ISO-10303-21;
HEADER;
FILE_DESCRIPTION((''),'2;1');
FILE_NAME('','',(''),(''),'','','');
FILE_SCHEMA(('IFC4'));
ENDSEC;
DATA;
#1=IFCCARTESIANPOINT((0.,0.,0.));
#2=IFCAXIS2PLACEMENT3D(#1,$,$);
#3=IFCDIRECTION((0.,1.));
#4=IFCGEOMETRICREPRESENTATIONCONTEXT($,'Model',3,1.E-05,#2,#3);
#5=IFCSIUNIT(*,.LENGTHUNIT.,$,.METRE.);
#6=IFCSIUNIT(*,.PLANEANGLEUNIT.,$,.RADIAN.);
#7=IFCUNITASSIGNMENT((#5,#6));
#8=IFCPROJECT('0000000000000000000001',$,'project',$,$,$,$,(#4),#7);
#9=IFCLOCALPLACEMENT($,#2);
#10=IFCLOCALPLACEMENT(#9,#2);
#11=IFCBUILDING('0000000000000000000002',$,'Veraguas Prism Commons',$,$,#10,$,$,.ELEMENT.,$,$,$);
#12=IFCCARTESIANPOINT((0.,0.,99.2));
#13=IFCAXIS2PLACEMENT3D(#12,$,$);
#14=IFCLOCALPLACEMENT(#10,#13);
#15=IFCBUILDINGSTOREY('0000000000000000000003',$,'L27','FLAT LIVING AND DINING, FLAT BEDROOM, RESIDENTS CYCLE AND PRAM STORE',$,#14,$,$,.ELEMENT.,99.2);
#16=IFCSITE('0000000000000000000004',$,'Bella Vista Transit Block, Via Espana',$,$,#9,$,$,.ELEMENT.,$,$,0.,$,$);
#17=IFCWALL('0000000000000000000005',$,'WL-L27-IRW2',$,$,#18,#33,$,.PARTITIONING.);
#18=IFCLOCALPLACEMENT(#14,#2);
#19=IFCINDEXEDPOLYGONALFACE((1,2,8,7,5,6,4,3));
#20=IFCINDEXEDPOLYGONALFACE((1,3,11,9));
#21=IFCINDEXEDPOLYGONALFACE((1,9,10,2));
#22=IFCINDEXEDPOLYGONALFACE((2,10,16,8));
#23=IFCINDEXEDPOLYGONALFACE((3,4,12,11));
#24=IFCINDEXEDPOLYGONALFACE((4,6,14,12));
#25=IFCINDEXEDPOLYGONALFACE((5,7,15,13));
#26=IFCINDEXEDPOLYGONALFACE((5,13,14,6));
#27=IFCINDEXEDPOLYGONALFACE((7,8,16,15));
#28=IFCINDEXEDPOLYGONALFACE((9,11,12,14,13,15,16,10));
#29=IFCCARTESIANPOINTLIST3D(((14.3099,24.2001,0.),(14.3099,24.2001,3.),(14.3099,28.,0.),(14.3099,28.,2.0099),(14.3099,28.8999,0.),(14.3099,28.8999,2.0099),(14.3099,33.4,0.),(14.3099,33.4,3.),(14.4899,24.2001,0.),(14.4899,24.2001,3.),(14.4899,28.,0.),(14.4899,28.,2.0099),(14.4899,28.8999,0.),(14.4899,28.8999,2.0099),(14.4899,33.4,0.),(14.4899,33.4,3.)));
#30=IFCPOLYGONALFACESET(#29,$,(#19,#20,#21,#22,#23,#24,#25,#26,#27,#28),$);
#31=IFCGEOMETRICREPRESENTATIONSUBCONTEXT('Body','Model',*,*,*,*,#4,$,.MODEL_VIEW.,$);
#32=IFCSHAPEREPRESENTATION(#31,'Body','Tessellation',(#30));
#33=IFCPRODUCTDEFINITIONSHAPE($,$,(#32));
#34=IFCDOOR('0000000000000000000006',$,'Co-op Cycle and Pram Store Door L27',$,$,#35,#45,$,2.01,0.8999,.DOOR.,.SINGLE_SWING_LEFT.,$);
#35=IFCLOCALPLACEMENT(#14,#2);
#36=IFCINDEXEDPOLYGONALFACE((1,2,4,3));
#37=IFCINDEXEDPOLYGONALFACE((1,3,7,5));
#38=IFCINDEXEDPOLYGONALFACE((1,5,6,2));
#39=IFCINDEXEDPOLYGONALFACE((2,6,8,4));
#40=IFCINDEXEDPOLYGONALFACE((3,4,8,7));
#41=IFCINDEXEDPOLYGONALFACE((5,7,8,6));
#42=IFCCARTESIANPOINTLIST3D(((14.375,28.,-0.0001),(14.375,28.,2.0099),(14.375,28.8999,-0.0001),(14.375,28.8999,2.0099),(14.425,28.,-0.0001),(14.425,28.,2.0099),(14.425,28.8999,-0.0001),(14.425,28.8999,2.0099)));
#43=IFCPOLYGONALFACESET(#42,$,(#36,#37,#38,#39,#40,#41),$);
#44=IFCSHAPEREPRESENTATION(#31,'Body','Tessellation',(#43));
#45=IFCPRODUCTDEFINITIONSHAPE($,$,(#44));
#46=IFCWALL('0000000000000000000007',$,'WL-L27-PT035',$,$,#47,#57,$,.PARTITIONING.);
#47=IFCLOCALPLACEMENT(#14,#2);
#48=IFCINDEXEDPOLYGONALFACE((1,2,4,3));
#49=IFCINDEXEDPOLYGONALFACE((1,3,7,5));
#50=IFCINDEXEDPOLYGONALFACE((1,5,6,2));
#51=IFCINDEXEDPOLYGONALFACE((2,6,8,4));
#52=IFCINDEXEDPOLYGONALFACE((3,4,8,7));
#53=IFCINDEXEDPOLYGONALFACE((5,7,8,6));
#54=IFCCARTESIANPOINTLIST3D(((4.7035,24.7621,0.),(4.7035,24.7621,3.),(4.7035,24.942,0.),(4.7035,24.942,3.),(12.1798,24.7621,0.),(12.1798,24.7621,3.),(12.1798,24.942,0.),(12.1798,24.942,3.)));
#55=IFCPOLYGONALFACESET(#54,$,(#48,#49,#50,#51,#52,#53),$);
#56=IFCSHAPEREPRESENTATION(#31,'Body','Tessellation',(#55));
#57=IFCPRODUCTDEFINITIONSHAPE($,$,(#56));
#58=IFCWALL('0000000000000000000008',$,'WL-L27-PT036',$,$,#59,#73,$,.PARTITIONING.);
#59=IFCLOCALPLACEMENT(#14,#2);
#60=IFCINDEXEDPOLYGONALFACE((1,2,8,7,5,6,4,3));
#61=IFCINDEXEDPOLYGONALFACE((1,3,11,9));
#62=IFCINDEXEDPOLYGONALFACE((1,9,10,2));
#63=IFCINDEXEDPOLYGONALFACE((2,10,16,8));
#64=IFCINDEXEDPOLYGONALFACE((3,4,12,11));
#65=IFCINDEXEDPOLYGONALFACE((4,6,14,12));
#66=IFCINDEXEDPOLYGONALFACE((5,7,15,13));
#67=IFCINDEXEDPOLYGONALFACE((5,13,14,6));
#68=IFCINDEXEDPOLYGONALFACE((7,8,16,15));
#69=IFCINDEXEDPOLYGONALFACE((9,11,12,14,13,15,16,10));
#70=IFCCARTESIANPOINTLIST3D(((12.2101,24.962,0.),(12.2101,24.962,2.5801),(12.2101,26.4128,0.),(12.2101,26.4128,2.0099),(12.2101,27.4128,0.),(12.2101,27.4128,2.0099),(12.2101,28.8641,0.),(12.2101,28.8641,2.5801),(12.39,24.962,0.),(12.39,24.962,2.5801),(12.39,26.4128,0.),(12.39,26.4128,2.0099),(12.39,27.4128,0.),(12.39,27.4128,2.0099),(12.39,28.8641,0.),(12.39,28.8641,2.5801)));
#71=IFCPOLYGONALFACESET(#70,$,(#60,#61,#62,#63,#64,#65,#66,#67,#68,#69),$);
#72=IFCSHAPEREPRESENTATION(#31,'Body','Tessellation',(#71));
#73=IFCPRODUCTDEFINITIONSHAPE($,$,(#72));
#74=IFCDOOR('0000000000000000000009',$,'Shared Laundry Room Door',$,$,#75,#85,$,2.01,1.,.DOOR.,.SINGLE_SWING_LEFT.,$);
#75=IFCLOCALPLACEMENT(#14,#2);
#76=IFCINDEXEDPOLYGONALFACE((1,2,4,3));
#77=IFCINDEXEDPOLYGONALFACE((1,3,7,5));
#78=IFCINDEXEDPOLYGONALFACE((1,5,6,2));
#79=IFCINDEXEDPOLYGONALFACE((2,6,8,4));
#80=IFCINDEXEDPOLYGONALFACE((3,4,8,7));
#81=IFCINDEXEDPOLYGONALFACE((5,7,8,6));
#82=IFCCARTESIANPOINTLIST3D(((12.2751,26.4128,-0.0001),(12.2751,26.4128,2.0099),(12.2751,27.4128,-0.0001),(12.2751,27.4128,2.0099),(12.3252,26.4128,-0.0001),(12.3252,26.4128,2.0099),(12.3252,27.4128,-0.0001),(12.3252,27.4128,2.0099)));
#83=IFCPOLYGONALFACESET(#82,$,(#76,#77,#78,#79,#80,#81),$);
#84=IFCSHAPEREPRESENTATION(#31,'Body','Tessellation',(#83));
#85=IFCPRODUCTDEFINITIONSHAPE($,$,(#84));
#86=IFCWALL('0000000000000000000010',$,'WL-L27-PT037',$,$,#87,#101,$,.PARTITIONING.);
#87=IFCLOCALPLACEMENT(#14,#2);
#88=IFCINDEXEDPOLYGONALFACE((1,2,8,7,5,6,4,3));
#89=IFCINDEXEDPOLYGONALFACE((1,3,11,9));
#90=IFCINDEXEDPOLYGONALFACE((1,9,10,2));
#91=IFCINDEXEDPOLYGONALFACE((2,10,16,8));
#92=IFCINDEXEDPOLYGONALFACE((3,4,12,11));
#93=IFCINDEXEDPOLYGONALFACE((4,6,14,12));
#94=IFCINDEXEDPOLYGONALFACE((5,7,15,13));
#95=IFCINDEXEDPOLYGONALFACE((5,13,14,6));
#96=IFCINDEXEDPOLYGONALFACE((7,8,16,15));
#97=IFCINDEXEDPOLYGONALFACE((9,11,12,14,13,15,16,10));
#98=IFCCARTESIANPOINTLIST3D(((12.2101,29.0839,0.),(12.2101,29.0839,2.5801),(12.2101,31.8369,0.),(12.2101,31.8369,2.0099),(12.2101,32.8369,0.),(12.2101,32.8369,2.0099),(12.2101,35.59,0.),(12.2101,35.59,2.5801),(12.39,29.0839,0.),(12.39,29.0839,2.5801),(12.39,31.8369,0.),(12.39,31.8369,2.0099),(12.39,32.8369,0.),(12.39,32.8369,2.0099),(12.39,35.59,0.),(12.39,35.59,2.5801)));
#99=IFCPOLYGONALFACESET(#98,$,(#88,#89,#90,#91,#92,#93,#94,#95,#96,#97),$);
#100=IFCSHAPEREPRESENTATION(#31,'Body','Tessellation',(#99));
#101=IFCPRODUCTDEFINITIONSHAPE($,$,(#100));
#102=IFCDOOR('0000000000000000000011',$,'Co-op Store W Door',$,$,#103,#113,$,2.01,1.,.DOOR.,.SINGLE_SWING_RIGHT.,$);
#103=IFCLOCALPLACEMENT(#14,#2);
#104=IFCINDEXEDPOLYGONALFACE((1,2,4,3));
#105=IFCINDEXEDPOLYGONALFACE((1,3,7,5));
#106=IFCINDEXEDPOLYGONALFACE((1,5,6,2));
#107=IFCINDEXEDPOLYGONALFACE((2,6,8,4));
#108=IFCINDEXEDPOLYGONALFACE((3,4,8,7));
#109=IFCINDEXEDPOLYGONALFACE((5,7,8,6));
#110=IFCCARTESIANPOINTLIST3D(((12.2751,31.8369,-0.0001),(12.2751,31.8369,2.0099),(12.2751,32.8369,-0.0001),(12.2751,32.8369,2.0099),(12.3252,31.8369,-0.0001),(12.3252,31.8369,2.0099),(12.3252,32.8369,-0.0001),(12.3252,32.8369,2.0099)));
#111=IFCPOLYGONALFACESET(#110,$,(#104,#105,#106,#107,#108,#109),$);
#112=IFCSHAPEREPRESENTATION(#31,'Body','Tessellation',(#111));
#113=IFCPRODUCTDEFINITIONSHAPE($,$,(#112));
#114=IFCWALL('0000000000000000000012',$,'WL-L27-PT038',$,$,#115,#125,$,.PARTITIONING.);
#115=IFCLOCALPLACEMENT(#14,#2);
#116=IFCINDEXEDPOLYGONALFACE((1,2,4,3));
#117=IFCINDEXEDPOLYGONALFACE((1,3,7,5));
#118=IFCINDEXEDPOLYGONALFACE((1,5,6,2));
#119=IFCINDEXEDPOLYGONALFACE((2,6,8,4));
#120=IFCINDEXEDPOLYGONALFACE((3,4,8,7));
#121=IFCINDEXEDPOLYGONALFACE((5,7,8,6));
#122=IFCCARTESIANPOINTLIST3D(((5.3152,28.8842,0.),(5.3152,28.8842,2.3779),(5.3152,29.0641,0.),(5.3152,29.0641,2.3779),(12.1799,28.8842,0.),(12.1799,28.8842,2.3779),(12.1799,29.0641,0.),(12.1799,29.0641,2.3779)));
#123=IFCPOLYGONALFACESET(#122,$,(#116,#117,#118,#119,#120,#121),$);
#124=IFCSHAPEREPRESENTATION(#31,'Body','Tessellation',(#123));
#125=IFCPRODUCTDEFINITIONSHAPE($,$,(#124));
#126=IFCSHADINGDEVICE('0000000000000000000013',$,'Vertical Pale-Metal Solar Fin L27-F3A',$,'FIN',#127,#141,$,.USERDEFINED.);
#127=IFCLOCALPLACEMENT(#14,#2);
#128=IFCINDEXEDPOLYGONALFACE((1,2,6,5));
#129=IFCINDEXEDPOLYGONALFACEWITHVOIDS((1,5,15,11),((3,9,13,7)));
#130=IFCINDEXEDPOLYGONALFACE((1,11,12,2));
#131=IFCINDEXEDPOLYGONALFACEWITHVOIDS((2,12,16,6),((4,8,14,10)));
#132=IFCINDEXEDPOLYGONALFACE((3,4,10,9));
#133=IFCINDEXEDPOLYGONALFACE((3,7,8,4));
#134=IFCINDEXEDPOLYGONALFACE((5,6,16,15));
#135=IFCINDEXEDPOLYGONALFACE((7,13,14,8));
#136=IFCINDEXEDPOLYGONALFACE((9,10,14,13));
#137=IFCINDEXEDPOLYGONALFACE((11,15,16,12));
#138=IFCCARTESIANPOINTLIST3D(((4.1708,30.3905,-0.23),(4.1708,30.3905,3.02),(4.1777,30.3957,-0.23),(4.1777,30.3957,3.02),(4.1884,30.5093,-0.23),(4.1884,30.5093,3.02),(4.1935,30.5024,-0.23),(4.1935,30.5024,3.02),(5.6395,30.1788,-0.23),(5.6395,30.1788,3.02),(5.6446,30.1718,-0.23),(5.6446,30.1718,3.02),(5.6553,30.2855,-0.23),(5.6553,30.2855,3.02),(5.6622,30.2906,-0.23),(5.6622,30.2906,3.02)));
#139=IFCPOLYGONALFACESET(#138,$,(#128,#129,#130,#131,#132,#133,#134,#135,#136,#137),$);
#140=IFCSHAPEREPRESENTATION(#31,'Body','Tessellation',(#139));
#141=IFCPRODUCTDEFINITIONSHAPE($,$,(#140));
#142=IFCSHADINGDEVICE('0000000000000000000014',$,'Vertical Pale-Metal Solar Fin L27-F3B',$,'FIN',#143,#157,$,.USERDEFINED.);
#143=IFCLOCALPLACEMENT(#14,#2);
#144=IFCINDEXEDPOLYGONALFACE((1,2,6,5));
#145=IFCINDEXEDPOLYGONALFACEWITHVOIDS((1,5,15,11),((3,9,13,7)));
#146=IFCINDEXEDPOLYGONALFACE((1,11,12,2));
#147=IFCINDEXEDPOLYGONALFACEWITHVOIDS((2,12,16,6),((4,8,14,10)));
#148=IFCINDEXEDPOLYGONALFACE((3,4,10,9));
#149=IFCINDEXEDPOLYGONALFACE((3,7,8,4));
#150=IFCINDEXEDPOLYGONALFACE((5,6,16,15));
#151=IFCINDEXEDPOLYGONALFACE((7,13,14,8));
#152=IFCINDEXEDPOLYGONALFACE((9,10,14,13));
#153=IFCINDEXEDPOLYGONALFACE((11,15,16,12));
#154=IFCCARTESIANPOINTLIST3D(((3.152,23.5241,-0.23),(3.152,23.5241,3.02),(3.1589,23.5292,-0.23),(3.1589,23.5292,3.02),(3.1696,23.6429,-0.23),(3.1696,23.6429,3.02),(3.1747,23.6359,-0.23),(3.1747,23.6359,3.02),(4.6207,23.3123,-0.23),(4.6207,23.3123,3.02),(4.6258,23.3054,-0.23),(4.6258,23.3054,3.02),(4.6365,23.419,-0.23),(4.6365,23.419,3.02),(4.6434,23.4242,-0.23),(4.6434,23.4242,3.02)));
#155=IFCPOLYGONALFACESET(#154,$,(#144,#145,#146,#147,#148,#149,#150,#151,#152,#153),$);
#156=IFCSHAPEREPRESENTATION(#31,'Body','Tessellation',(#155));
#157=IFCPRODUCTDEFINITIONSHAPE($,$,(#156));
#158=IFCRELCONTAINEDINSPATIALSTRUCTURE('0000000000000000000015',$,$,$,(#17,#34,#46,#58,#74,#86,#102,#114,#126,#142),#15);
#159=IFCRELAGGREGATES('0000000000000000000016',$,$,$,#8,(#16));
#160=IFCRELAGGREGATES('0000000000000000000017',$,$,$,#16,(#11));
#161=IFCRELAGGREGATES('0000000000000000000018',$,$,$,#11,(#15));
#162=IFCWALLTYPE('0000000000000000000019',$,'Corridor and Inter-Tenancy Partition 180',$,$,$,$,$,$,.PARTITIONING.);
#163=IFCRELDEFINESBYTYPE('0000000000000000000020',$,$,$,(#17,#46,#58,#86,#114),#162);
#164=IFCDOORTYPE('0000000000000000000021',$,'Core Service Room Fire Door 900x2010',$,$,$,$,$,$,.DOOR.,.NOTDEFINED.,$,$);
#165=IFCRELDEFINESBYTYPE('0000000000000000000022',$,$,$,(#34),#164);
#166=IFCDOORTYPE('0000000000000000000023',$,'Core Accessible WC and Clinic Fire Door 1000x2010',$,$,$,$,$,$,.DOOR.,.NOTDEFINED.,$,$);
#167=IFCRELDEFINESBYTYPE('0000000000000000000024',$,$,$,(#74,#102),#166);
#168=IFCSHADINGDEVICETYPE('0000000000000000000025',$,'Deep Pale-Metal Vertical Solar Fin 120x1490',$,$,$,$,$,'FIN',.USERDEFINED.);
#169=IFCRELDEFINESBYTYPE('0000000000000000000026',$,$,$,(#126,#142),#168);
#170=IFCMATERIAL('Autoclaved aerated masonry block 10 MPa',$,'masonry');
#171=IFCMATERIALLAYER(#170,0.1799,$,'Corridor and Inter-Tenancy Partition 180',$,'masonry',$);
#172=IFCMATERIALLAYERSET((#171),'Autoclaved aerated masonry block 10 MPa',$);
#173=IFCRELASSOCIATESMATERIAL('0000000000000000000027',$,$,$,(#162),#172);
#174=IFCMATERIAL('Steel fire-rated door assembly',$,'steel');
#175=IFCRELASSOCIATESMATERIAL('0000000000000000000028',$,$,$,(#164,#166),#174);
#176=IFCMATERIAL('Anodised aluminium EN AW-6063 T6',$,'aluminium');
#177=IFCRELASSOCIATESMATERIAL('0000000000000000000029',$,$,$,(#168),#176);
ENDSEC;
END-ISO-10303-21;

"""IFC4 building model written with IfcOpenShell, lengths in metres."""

from ifc_helpers import new_model, si_unit, direction, frame, frame_2d, origin, origin_2d, place, context, subcontext, project, spatial, rectangle, hollow_rectangle, extrude, source, transform, mapped, material, layer, layer_set, material_profile, profile_set, type_object, element, fill, save


model = new_model("IFC4")

# Units and contexts
model_context = context("Model", 3, precision=1e-05, world=origin(), true_north=direction((0.0, 1.0)))
body_context = subcontext(model_context, "Body", "Model", "MODEL_VIEW")
ifc_project = project(units=[si_unit("LENGTHUNIT", "METRE"), si_unit("PLANEANGLEUNIT", "RADIAN")], contexts=[model_context])

# Site, building, storey
site_placement = place(None, origin())
site = spatial("IfcSite", under=ifc_project, at=site_placement, Name="Bella Vista Transit Block, Via Espana", CompositionType="ELEMENT", RefElevation=0.0)
building_placement = place(site_placement, origin())
building = spatial("IfcBuilding", under=site, at=building_placement, Name="Veraguas Prism Commons", CompositionType="ELEMENT")
storey_placement = place(building_placement, frame((0.0, 0.0, 99.2)))
storey = spatial("IfcBuildingStorey", under=building, at=storey_placement, Name="L27", Description="FLAT LIVING AND DINING, FLAT BEDROOM, RESIDENTS CYCLE AND PRAM STORE", CompositionType="ELEMENT", Elevation=99.2)

# Shared definitions
ifc_material_1 = material(Name="Anodised aluminium EN AW-6063 T6", Category="aluminium")

# Wall, opening, door
ifc_material_2 = material(Name="Autoclaved aerated masonry block 10 MPa", Category="masonry")
ifc_layer_1 = layer(ifc_material_2, 0.1799, Name="Corridor and Inter-Tenancy Partition 180", Category="masonry")
ifc_layer_set_1 = layer_set([ifc_layer_1], Name="Autoclaved aerated masonry block 10 MPa")
wall_type = type_object("IfcWallType", Name="Corridor and Inter-Tenancy Partition 180", PredefinedType="PARTITIONING", material=ifc_layer_set_1)
wall_1_placement = place(storey_placement, frame((14.3999, 24.2, 0.0), z_axis=(0.0, 0.0, 1.0), x_axis=(0.0, 1.0, 0.0)))
wall_1 = element("IfcWall", 1, at=wall_1_placement, inside=storey, type_object=wall_type, Name="WL-L27-IRW2", PredefinedType="PARTITIONING", context=body_context, shape_type="SweptSolid", body=[
    extrude(rectangle(XDim=9.2, YDim=0.1799, at=frame_2d((4.6001, 0.0))), origin(), (0.0, 0.0, 1.0), 3.0),
])
opening_1_placement = place(wall_1_placement, frame((3.8, 0.0, 0.0)))
opening_1 = element("IfcOpeningElement", 2, at=opening_1_placement, cuts=wall_1, PredefinedType="OPENING", context=body_context, shape_type="SweptSolid", body=[
    extrude(rectangle(XDim=0.8999, YDim=2.01, at=frame_2d((0.45, 1.0049))), frame((0.0, 0.0999, 0.0), z_axis=(0.0, -1.0, 0.0), x_axis=(1.0, 0.0, 0.0)), (0.0, 0.0, 1.0), 0.2),
])
ifc_material_3 = material(Name="Steel fire-rated door assembly", Category="steel")
door_type_1 = type_object("IfcDoorType", Name="Core Service Room Fire Door 900x2010", OperationType="NOTDEFINED", PredefinedType="DOOR", material=ifc_material_3)
shared_shape_1 = source(origin(), body_context, "Body", "SweptSolid", [
    extrude(rectangle(XDim=0.8999, YDim=2.01, at=frame_2d((0.45, 1.0049))), frame((0.0, 0.0249, 0.0), z_axis=(0.0, -1.0, 0.0), x_axis=(1.0, 0.0, 0.0)), (0.0, 0.0, 1.0), 0.05),
])
door_1_placement = place(opening_1_placement, origin())
door_1 = element("IfcDoor", 3, at=door_1_placement, inside=storey, type_object=door_type_1, Name="Co-op Cycle and Pram Store Door L27", OperationType="SINGLE_SWING_LEFT", OverallHeight=2.01, OverallWidth=0.8999, PredefinedType="DOOR", context=body_context, shape_type="MappedRepresentation", body=[
    mapped(shared_shape_1, transform((0.0, 0.0, 0.0), scale=1.0)),
])
fill(opening_1, door_1)

# Wall
wall_2_placement = place(storey_placement, frame((12.1799, 24.8521, 0.0), z_axis=(0.0, 0.0, 1.0), x_axis=(-1.0, 0.0, 0.0)))
element("IfcWall", 4, at=wall_2_placement, inside=storey, type_object=wall_type, Name="WL-L27-PT035", PredefinedType="PARTITIONING", context=body_context, shape_type="SweptSolid", body=[
    extrude(rectangle(XDim=7.4763, YDim=0.1799, at=frame_2d((3.7383, 0.0))), origin(), (0.0, 0.0, 1.0), 3.0),
])

# Walls, openings, doors
wall_3_placement = place(storey_placement, frame((12.3, 24.9619, 0.0), z_axis=(0.0, 0.0, 1.0), x_axis=(0.0, 1.0, 0.0)))
wall_3 = element("IfcWall", 5, at=wall_3_placement, inside=storey, type_object=wall_type, Name="WL-L27-PT036", PredefinedType="PARTITIONING", context=body_context, shape_type="SweptSolid", body=[
    extrude(rectangle(XDim=3.9021, YDim=0.1799, at=frame_2d((1.9512, 0.0))), origin(), (0.0, 0.0, 1.0), 2.5801),
])
opening_2_placement = place(wall_3_placement, frame((1.4509, 0.0, 0.0)))
opening_2 = element("IfcOpeningElement", 6, at=opening_2_placement, cuts=wall_3, PredefinedType="OPENING", context=body_context, shape_type="SweptSolid", body=[
    extrude(rectangle(XDim=1.0, YDim=2.01, at=frame_2d((0.5, 1.0049))), frame((0.0, 0.0999, 0.0), z_axis=(0.0, -1.0, 0.0), x_axis=(1.0, 0.0, 0.0)), (0.0, 0.0, 1.0), 0.2),
])
door_type_2 = type_object("IfcDoorType", Name="Core Accessible WC and Clinic Fire Door 1000x2010", OperationType="NOTDEFINED", PredefinedType="DOOR", material=ifc_material_3)
shared_shape_2 = source(origin(), body_context, "Body", "SweptSolid", [
    extrude(rectangle(XDim=1.0, YDim=2.01, at=frame_2d((0.5, 1.0049))), frame((0.0, 0.0249, 0.0), z_axis=(0.0, -1.0, 0.0), x_axis=(1.0, 0.0, 0.0)), (0.0, 0.0, 1.0), 0.05),
])
door_2_placement = place(opening_2_placement, origin())
door_2 = element("IfcDoor", 7, at=door_2_placement, inside=storey, type_object=door_type_2, Name="Shared Laundry Room Door", OperationType="SINGLE_SWING_LEFT", OverallHeight=2.01, OverallWidth=1.0, PredefinedType="DOOR", context=body_context, shape_type="MappedRepresentation", body=[
    mapped(shared_shape_2, transform((0.0, 0.0, 0.0), scale=1.0)),
])
fill(opening_2, door_2)
wall_4_placement = place(storey_placement, frame((12.3, 29.084, 0.0), z_axis=(0.0, 0.0, 1.0), x_axis=(0.0, 1.0, 0.0)))
wall_4 = element("IfcWall", 8, at=wall_4_placement, inside=storey, type_object=wall_type, Name="WL-L27-PT037", PredefinedType="PARTITIONING", context=body_context, shape_type="SweptSolid", body=[
    extrude(rectangle(XDim=6.5061, YDim=0.1799, at=frame_2d((3.2529, 0.0))), origin(), (0.0, 0.0, 1.0), 2.5801),
])
opening_3_placement = place(wall_4_placement, frame((2.7529, 0.0, 0.0)))
opening_3 = element("IfcOpeningElement", 9, at=opening_3_placement, cuts=wall_4, PredefinedType="OPENING", context=body_context, shape_type="SweptSolid", body=[
    extrude(rectangle(XDim=1.0, YDim=2.01, at=frame_2d((0.5, 1.0049))), frame((0.0, 0.0999, 0.0), z_axis=(0.0, -1.0, 0.0), x_axis=(1.0, 0.0, 0.0)), (0.0, 0.0, 1.0), 0.2),
])
door_3_placement = place(opening_3_placement, origin())
door_3 = element("IfcDoor", 10, at=door_3_placement, inside=storey, type_object=door_type_2, Name="Co-op Store W Door", OperationType="SINGLE_SWING_RIGHT", OverallHeight=2.01, OverallWidth=1.0, PredefinedType="DOOR", context=body_context, shape_type="MappedRepresentation", body=[
    mapped(shared_shape_2, transform((0.0, 0.0, 0.0), scale=1.0)),
])
fill(opening_3, door_3)

# Wall
wall_5_placement = place(storey_placement, frame((12.1799, 28.9741, 0.0), z_axis=(0.0, 0.0, 1.0), x_axis=(-1.0, 0.0, 0.0)))
element("IfcWall", 11, at=wall_5_placement, inside=storey, type_object=wall_type, Name="WL-L27-PT038", PredefinedType="PARTITIONING", context=body_context, shape_type="SweptSolid", body=[
    extrude(rectangle(XDim=6.8647, YDim=0.1799, at=frame_2d((3.4324, 0.0))), origin(), (0.0, 0.0, 1.0), 2.3779),
])

# Shading devices
ifc_material_profile_1 = material_profile(ifc_material_1, hollow_rectangle(XDim=0.1201, YDim=1.49, WallThickness=0.0061, at=origin_2d()), Name="FIN120X1490X6")
ifc_profile_set_1 = profile_set([ifc_material_profile_1], Name="Anodised aluminium EN AW-6063 T6")
shading_device_type = type_object("IfcShadingDeviceType", Name="Deep Pale-Metal Vertical Solar Fin 120x1490", ElementType="FIN", PredefinedType="USERDEFINED", material=ifc_profile_set_1)
for number, where, z_axis, x_axis, name in (
    (12, (4.9165, 30.3406, -0.23), (0.0, 0.0, 1.0), (-0.146775, -0.98917, 0.0), "Vertical Pale-Metal Solar Fin L27-F3A"),
    (13, (3.8977, 23.4741, -0.23), (0.0, 0.0, 1.0), (-0.146775, -0.98917, 0.0), "Vertical Pale-Metal Solar Fin L27-F3B"),
):
    element("IfcShadingDevice", number, at=place(storey_placement, frame(where, z_axis=z_axis, x_axis=x_axis)), inside=storey, type_object=shading_device_type, Name=name, ObjectType="FIN", PredefinedType="USERDEFINED", context=body_context, shape_type="SweptSolid", body=[
        extrude(hollow_rectangle(XDim=0.1201, YDim=1.49, WallThickness=0.0061, at=origin_2d()), origin(), (0.0, 0.0, 1.0), 3.25),
    ])

save(model, "model.ifc")
